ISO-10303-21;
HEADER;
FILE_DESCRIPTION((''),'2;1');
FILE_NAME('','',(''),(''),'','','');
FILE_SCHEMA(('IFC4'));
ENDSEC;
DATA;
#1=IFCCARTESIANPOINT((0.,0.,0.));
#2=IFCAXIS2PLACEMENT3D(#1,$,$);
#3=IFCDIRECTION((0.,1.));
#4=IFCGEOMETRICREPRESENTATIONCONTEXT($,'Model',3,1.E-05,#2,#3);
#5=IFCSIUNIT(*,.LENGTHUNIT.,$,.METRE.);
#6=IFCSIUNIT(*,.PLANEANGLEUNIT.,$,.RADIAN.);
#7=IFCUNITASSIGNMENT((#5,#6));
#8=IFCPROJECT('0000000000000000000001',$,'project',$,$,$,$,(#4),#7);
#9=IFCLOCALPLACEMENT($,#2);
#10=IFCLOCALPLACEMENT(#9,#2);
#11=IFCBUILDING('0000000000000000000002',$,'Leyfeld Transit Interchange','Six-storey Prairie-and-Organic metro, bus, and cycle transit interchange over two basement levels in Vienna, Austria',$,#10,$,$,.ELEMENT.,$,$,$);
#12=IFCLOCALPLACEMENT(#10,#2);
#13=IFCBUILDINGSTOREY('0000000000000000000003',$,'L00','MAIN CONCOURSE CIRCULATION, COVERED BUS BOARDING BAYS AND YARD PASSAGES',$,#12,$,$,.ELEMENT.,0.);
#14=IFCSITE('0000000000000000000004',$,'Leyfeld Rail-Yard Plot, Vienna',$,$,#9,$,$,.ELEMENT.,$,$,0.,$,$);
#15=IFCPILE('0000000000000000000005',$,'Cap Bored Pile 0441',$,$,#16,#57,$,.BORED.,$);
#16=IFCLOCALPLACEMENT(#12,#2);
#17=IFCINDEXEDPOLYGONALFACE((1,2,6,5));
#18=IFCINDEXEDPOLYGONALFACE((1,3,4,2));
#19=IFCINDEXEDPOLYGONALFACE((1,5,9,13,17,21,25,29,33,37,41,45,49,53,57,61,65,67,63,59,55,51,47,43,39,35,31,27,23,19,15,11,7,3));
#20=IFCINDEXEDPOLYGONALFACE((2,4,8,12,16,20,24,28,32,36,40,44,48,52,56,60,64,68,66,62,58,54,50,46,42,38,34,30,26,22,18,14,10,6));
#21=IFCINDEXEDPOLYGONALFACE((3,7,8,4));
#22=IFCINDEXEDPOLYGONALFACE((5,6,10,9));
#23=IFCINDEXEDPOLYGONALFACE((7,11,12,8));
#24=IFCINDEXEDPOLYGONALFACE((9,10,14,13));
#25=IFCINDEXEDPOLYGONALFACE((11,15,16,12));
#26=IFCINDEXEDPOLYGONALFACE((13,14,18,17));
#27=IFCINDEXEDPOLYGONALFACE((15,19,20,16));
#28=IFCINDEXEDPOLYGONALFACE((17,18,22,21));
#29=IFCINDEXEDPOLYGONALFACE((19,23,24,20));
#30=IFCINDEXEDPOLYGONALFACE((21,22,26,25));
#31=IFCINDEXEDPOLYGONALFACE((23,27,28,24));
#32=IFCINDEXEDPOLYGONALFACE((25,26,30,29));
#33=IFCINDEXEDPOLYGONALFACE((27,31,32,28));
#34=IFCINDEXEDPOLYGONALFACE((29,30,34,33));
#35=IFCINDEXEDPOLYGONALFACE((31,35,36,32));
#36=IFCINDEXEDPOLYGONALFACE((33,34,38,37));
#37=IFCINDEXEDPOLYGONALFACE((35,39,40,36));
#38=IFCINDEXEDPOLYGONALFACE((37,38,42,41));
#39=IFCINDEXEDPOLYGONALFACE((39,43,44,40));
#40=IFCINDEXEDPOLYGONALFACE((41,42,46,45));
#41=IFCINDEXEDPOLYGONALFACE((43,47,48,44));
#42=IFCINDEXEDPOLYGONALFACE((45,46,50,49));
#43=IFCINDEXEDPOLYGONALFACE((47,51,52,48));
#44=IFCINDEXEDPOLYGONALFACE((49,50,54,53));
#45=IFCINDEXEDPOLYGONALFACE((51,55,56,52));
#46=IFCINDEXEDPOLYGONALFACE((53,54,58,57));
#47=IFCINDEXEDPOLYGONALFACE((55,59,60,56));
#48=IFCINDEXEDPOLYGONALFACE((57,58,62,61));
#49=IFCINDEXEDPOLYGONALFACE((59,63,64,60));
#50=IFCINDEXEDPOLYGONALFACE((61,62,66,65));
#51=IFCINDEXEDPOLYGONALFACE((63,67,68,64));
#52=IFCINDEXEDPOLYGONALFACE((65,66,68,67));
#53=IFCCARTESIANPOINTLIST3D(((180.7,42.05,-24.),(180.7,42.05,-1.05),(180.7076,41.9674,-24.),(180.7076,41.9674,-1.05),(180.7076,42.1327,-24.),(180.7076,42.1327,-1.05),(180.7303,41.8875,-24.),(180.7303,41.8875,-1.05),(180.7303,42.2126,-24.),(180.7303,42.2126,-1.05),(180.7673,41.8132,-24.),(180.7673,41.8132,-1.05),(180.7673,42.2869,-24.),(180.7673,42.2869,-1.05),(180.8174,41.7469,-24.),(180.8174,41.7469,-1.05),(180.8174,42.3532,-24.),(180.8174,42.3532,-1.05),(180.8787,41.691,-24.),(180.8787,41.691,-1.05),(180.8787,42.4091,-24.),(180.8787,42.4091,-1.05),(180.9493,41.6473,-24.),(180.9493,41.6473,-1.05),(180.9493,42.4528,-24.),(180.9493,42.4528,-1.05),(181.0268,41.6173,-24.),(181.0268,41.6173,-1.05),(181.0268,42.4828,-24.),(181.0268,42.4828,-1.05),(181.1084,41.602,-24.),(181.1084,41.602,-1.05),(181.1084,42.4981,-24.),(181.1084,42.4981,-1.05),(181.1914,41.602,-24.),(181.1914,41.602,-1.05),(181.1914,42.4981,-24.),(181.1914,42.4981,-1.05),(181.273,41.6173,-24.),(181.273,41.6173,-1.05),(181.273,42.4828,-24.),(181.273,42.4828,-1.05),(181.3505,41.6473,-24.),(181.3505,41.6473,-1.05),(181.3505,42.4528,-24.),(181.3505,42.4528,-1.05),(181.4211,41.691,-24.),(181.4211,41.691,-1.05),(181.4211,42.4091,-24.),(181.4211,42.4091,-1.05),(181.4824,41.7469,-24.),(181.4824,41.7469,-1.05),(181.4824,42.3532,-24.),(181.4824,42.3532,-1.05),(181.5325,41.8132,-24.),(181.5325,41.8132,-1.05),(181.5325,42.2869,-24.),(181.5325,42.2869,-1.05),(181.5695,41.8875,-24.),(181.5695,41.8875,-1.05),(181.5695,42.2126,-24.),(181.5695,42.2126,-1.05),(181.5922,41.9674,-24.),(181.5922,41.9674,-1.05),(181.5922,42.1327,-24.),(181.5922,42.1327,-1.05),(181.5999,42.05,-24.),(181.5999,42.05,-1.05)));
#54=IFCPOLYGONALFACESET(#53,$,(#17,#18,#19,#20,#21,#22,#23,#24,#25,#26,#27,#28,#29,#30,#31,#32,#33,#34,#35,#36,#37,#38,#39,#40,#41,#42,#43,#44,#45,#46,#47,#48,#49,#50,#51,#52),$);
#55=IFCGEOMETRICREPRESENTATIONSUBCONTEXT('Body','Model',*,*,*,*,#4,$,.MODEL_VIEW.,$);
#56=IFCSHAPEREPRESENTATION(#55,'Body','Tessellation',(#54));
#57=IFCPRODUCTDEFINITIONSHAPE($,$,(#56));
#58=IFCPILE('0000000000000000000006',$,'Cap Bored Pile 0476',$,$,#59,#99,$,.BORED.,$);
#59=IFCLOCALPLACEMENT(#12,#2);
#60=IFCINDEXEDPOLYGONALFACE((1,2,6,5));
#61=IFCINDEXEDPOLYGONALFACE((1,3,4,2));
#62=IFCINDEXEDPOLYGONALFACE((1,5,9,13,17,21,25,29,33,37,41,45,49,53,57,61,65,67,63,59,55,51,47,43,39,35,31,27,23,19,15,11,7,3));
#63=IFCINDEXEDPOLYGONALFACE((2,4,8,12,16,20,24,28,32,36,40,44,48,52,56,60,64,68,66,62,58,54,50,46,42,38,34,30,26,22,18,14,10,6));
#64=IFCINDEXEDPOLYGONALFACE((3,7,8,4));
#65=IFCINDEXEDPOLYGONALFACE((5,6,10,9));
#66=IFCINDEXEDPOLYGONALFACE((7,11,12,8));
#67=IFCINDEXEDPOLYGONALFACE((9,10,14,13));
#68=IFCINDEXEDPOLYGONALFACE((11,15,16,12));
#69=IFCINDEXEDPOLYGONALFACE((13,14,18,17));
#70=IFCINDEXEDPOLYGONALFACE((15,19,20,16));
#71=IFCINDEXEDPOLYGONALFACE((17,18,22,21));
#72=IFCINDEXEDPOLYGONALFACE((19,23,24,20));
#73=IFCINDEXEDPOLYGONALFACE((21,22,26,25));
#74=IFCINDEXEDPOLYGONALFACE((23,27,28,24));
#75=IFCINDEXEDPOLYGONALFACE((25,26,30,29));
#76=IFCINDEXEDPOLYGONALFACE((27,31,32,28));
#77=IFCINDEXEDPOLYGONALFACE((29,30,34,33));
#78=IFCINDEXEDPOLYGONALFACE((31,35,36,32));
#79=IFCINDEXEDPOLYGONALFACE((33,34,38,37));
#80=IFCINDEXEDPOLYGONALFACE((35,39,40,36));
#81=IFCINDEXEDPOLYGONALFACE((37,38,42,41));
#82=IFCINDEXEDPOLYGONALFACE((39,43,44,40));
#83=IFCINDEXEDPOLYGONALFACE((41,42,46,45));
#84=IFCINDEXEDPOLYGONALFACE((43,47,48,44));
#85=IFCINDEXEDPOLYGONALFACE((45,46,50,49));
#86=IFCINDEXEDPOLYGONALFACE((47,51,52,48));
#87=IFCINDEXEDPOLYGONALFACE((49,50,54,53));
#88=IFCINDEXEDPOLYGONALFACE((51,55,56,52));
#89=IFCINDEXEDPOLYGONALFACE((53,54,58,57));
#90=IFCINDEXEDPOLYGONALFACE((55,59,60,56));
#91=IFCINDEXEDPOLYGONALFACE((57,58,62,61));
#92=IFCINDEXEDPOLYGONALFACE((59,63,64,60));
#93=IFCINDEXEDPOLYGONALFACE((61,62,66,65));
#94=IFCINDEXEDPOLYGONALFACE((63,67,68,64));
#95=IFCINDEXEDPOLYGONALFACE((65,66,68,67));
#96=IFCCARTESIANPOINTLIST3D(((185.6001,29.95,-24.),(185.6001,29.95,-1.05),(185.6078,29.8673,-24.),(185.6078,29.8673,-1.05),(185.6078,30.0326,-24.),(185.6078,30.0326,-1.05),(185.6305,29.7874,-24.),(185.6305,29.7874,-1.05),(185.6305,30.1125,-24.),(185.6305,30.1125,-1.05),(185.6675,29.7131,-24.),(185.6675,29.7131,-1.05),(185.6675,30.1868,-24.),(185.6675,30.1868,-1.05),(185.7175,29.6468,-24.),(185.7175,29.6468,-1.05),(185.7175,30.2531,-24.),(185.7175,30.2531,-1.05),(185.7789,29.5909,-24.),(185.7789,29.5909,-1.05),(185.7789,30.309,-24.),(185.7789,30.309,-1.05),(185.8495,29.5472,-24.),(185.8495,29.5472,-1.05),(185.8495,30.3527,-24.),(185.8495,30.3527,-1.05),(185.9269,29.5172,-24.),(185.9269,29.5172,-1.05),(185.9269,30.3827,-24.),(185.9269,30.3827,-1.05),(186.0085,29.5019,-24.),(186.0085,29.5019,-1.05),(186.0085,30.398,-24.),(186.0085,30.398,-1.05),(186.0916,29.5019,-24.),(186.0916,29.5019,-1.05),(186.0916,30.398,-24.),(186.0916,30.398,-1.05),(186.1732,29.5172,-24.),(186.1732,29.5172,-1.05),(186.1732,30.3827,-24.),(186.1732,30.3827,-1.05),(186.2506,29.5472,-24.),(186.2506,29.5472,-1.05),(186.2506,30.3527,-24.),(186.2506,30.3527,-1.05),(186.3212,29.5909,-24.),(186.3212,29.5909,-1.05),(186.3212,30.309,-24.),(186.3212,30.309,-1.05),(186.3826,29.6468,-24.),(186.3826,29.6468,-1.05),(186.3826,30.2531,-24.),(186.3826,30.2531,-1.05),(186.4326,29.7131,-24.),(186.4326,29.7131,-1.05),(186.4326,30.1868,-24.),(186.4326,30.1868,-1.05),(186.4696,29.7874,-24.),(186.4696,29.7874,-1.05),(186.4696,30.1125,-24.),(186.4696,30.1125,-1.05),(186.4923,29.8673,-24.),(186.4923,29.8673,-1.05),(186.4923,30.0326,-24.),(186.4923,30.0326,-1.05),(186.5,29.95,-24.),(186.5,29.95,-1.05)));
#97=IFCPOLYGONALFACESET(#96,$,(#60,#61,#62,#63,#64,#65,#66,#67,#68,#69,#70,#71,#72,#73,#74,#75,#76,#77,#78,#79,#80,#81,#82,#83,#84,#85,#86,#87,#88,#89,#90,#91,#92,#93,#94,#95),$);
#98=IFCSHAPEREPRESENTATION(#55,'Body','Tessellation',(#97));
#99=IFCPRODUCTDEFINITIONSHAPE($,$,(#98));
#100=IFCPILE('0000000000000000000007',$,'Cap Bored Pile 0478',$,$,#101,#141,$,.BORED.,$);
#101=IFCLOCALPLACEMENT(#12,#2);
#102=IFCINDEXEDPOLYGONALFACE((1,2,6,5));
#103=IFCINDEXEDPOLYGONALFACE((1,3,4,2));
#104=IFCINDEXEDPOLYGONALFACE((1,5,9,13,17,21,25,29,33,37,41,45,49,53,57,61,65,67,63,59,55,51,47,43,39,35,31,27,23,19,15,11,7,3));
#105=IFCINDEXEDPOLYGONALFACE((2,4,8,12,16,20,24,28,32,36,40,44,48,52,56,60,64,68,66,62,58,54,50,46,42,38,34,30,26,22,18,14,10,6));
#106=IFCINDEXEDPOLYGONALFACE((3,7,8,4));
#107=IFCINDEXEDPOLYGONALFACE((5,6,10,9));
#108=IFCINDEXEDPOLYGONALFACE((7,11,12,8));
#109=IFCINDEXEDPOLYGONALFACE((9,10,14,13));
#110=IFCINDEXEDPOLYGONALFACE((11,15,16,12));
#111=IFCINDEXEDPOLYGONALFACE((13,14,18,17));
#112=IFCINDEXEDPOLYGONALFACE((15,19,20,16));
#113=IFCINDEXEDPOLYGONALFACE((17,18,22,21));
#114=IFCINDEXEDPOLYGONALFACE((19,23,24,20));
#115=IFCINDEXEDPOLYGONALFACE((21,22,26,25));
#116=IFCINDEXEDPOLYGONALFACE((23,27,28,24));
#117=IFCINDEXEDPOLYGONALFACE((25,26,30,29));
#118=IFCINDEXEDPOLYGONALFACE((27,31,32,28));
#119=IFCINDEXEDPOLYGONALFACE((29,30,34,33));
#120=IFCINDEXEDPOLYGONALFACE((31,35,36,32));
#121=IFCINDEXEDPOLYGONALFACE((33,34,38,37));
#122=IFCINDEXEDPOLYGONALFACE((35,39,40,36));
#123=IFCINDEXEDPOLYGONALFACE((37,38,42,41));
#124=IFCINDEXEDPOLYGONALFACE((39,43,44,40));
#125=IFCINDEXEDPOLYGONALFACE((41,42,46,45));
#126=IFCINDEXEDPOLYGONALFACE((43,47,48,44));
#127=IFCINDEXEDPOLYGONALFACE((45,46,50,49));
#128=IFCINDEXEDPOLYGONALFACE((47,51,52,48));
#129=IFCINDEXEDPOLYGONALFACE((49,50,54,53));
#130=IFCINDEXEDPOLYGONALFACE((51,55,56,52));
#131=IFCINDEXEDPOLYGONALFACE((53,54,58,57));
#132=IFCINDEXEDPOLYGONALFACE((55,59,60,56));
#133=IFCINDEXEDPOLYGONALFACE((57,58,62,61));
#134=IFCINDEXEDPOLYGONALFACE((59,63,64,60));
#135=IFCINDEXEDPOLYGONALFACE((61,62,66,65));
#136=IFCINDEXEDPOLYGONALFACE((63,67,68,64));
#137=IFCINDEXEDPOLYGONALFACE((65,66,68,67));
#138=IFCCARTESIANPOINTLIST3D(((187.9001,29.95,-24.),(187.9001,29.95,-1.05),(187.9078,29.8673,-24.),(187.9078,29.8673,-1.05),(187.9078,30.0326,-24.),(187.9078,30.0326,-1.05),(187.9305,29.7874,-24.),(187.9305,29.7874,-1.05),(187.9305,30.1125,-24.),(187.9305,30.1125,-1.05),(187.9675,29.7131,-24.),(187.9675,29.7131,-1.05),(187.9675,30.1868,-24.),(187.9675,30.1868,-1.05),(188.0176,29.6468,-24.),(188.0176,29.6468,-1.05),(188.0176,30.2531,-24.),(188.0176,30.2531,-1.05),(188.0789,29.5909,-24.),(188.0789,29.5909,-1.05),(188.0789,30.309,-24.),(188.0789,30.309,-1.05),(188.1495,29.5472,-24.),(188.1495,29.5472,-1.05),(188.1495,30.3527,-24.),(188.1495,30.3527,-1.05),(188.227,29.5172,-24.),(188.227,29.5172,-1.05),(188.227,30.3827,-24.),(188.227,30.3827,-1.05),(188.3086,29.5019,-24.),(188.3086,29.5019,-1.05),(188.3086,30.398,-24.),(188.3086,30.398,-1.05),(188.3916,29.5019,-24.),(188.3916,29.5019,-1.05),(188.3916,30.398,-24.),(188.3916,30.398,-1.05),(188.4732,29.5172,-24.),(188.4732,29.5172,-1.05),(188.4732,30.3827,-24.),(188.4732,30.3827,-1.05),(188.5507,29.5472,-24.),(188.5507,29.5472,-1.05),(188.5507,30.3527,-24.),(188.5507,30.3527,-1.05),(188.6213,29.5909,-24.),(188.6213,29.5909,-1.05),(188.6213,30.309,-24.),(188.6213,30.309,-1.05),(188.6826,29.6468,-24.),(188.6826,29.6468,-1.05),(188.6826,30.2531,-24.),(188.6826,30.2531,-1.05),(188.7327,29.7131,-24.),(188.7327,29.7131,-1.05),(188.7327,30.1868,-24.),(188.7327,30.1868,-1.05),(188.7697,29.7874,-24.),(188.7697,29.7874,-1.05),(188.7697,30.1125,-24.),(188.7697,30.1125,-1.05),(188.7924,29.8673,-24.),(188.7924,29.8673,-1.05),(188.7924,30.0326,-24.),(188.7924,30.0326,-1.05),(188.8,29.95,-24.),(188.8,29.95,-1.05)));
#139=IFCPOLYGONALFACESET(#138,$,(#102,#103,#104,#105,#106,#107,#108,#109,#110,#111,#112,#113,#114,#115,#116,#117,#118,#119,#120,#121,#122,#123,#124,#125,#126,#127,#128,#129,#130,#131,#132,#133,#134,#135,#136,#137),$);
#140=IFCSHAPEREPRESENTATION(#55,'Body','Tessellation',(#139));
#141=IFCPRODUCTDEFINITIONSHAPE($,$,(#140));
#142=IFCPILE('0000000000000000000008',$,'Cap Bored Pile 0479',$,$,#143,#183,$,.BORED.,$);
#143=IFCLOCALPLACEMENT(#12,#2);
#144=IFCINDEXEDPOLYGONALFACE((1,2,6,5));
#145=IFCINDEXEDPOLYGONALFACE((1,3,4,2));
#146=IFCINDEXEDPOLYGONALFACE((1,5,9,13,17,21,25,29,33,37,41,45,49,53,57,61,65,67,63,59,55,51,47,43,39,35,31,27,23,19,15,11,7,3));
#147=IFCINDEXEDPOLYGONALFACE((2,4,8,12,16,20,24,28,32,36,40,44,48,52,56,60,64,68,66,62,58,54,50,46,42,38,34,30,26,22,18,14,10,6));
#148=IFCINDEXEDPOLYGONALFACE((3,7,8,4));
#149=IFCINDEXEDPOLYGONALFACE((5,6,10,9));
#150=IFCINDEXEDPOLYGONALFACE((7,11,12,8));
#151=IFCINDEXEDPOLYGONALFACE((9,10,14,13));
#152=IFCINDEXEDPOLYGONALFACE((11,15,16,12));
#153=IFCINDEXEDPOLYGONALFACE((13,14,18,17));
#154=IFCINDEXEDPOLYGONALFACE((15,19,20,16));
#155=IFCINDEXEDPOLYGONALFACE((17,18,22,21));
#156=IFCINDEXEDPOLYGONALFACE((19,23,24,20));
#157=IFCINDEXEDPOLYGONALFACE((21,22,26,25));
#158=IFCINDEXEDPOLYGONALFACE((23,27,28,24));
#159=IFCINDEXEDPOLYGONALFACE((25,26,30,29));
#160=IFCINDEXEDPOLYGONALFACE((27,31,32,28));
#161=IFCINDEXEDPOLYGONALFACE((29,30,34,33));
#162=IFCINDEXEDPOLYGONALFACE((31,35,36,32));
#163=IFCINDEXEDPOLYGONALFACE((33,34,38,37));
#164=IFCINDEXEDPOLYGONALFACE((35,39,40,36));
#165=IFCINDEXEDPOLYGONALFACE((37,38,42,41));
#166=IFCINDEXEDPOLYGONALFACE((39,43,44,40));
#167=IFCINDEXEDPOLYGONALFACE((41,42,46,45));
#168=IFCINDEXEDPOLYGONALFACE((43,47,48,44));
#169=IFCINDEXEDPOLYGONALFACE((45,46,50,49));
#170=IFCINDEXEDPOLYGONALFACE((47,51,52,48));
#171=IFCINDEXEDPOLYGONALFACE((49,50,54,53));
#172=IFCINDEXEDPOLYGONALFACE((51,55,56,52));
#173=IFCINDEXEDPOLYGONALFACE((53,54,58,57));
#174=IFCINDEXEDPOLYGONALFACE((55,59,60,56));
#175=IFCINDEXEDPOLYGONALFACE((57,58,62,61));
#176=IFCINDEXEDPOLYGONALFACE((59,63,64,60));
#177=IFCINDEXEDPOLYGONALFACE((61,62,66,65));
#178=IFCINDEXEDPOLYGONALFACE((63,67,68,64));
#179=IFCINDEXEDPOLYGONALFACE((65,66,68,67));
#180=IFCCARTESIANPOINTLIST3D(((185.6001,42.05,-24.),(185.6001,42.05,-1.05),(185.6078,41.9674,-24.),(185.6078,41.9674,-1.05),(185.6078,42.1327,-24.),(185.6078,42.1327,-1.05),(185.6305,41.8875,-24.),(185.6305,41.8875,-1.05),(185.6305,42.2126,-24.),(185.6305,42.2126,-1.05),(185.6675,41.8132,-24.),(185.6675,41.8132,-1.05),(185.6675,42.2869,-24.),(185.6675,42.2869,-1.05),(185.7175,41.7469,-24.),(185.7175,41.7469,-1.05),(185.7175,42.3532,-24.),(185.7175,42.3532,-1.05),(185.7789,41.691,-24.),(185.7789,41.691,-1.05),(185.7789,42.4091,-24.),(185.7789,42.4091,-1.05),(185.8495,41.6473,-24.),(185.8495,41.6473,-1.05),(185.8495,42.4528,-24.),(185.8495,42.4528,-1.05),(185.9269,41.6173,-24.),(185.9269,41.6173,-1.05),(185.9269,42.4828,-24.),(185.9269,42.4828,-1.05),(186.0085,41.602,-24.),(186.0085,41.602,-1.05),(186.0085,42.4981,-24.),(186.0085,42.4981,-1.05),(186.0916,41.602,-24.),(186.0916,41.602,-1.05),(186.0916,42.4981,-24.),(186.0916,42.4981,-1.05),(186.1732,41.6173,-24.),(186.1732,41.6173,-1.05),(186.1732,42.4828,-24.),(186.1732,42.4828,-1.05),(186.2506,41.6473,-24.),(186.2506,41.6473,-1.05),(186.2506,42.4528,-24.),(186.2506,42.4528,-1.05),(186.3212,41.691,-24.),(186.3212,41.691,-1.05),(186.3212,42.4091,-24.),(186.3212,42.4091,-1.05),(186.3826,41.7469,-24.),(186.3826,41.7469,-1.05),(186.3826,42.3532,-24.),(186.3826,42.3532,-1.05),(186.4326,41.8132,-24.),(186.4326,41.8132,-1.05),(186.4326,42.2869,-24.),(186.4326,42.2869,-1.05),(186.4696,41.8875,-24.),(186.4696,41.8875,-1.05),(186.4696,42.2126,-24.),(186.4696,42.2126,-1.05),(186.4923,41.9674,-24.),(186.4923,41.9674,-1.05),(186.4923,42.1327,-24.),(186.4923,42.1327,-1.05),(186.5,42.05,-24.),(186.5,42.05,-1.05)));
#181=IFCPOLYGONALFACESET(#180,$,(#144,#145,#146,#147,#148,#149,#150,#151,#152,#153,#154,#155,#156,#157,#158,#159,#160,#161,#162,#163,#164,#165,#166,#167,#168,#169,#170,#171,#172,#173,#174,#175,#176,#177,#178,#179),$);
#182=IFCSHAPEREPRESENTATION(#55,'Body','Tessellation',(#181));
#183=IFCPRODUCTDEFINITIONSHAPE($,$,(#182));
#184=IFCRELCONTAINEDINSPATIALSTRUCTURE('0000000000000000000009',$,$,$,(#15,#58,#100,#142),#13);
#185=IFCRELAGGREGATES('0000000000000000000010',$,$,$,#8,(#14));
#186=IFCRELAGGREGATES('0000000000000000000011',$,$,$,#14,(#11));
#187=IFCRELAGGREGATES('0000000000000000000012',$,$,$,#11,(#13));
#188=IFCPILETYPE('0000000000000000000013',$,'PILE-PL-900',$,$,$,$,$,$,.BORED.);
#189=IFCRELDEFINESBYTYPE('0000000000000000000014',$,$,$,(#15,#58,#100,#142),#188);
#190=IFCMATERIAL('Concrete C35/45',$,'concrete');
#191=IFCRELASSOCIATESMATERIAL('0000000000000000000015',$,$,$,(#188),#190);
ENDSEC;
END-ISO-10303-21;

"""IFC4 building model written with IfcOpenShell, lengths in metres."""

from ifc_helpers import new_model, si_unit, direction, frame, origin, origin_2d, place, context, subcontext, project, spatial, circle, extrude, material, material_profile, profile_set, type_object, element, save


model = new_model("IFC4")

# Units and contexts
model_context = context("Model", 3, precision=1e-05, world=origin(), true_north=direction((0.0, 1.0)))
body_context = subcontext(model_context, "Body", "Model", "MODEL_VIEW")
ifc_project = project(units=[si_unit("LENGTHUNIT", "METRE"), si_unit("PLANEANGLEUNIT", "RADIAN")], contexts=[model_context])

# Site, building, storey
site_placement = place(None, origin())
site = spatial("IfcSite", under=ifc_project, at=site_placement, Name="Leyfeld Rail-Yard Plot, Vienna", CompositionType="ELEMENT", RefElevation=0.0)
building_placement = place(site_placement, origin())
building = spatial("IfcBuilding", under=site, at=building_placement, Name="Leyfeld Transit Interchange", Description="Six-storey Prairie-and-Organic metro, bus, and cycle transit interchange over two basement levels in Vienna, Austria", CompositionType="ELEMENT")
storey_placement = place(building_placement, origin())
storey = spatial("IfcBuildingStorey", under=building, at=storey_placement, Name="L00", Description="MAIN CONCOURSE CIRCULATION, COVERED BUS BOARDING BAYS AND YARD PASSAGES", CompositionType="ELEMENT", Elevation=0.0)

# Shared definitions
ifc_material_1 = material(Name="Concrete C35/45", Category="concrete")

# Piles
ifc_material_profile_1 = material_profile(ifc_material_1, circle(Radius=0.45, at=origin_2d()), Name="PILE D900")
ifc_profile_set_1 = profile_set([ifc_material_profile_1], Name="Concrete C35/45")
pile_type = type_object("IfcPileType", Name="PILE-PL-900", PredefinedType="BORED", material=ifc_profile_set_1)
for number, where, z_axis, x_axis, name in (
    (1, (181.1499, 42.05, -1.05), (0.0, 0.0, -1.0), (1.0, 0.0, 0.0), "Cap Bored Pile 0441"),
    (2, (186.05, 29.95, -1.05), (0.0, 0.0, -1.0), (1.0, 0.0, 0.0), "Cap Bored Pile 0476"),
    (3, (188.3501, 29.95, -1.05), (0.0, 0.0, -1.0), (1.0, 0.0, 0.0), "Cap Bored Pile 0478"),
    (4, (186.05, 42.05, -1.05), (0.0, 0.0, -1.0), (1.0, 0.0, 0.0), "Cap Bored Pile 0479"),
):
    element("IfcPile", number, at=place(storey_placement, frame(where, z_axis=z_axis, x_axis=x_axis)), inside=storey, type_object=pile_type, Name=name, PredefinedType="BORED", context=body_context, shape_type="SweptSolid", body=[
        extrude(circle(Radius=0.45, at=origin_2d()), origin(), (0.0, 0.0, 1.0), 22.95),
    ])

save(model, "model.ifc")
